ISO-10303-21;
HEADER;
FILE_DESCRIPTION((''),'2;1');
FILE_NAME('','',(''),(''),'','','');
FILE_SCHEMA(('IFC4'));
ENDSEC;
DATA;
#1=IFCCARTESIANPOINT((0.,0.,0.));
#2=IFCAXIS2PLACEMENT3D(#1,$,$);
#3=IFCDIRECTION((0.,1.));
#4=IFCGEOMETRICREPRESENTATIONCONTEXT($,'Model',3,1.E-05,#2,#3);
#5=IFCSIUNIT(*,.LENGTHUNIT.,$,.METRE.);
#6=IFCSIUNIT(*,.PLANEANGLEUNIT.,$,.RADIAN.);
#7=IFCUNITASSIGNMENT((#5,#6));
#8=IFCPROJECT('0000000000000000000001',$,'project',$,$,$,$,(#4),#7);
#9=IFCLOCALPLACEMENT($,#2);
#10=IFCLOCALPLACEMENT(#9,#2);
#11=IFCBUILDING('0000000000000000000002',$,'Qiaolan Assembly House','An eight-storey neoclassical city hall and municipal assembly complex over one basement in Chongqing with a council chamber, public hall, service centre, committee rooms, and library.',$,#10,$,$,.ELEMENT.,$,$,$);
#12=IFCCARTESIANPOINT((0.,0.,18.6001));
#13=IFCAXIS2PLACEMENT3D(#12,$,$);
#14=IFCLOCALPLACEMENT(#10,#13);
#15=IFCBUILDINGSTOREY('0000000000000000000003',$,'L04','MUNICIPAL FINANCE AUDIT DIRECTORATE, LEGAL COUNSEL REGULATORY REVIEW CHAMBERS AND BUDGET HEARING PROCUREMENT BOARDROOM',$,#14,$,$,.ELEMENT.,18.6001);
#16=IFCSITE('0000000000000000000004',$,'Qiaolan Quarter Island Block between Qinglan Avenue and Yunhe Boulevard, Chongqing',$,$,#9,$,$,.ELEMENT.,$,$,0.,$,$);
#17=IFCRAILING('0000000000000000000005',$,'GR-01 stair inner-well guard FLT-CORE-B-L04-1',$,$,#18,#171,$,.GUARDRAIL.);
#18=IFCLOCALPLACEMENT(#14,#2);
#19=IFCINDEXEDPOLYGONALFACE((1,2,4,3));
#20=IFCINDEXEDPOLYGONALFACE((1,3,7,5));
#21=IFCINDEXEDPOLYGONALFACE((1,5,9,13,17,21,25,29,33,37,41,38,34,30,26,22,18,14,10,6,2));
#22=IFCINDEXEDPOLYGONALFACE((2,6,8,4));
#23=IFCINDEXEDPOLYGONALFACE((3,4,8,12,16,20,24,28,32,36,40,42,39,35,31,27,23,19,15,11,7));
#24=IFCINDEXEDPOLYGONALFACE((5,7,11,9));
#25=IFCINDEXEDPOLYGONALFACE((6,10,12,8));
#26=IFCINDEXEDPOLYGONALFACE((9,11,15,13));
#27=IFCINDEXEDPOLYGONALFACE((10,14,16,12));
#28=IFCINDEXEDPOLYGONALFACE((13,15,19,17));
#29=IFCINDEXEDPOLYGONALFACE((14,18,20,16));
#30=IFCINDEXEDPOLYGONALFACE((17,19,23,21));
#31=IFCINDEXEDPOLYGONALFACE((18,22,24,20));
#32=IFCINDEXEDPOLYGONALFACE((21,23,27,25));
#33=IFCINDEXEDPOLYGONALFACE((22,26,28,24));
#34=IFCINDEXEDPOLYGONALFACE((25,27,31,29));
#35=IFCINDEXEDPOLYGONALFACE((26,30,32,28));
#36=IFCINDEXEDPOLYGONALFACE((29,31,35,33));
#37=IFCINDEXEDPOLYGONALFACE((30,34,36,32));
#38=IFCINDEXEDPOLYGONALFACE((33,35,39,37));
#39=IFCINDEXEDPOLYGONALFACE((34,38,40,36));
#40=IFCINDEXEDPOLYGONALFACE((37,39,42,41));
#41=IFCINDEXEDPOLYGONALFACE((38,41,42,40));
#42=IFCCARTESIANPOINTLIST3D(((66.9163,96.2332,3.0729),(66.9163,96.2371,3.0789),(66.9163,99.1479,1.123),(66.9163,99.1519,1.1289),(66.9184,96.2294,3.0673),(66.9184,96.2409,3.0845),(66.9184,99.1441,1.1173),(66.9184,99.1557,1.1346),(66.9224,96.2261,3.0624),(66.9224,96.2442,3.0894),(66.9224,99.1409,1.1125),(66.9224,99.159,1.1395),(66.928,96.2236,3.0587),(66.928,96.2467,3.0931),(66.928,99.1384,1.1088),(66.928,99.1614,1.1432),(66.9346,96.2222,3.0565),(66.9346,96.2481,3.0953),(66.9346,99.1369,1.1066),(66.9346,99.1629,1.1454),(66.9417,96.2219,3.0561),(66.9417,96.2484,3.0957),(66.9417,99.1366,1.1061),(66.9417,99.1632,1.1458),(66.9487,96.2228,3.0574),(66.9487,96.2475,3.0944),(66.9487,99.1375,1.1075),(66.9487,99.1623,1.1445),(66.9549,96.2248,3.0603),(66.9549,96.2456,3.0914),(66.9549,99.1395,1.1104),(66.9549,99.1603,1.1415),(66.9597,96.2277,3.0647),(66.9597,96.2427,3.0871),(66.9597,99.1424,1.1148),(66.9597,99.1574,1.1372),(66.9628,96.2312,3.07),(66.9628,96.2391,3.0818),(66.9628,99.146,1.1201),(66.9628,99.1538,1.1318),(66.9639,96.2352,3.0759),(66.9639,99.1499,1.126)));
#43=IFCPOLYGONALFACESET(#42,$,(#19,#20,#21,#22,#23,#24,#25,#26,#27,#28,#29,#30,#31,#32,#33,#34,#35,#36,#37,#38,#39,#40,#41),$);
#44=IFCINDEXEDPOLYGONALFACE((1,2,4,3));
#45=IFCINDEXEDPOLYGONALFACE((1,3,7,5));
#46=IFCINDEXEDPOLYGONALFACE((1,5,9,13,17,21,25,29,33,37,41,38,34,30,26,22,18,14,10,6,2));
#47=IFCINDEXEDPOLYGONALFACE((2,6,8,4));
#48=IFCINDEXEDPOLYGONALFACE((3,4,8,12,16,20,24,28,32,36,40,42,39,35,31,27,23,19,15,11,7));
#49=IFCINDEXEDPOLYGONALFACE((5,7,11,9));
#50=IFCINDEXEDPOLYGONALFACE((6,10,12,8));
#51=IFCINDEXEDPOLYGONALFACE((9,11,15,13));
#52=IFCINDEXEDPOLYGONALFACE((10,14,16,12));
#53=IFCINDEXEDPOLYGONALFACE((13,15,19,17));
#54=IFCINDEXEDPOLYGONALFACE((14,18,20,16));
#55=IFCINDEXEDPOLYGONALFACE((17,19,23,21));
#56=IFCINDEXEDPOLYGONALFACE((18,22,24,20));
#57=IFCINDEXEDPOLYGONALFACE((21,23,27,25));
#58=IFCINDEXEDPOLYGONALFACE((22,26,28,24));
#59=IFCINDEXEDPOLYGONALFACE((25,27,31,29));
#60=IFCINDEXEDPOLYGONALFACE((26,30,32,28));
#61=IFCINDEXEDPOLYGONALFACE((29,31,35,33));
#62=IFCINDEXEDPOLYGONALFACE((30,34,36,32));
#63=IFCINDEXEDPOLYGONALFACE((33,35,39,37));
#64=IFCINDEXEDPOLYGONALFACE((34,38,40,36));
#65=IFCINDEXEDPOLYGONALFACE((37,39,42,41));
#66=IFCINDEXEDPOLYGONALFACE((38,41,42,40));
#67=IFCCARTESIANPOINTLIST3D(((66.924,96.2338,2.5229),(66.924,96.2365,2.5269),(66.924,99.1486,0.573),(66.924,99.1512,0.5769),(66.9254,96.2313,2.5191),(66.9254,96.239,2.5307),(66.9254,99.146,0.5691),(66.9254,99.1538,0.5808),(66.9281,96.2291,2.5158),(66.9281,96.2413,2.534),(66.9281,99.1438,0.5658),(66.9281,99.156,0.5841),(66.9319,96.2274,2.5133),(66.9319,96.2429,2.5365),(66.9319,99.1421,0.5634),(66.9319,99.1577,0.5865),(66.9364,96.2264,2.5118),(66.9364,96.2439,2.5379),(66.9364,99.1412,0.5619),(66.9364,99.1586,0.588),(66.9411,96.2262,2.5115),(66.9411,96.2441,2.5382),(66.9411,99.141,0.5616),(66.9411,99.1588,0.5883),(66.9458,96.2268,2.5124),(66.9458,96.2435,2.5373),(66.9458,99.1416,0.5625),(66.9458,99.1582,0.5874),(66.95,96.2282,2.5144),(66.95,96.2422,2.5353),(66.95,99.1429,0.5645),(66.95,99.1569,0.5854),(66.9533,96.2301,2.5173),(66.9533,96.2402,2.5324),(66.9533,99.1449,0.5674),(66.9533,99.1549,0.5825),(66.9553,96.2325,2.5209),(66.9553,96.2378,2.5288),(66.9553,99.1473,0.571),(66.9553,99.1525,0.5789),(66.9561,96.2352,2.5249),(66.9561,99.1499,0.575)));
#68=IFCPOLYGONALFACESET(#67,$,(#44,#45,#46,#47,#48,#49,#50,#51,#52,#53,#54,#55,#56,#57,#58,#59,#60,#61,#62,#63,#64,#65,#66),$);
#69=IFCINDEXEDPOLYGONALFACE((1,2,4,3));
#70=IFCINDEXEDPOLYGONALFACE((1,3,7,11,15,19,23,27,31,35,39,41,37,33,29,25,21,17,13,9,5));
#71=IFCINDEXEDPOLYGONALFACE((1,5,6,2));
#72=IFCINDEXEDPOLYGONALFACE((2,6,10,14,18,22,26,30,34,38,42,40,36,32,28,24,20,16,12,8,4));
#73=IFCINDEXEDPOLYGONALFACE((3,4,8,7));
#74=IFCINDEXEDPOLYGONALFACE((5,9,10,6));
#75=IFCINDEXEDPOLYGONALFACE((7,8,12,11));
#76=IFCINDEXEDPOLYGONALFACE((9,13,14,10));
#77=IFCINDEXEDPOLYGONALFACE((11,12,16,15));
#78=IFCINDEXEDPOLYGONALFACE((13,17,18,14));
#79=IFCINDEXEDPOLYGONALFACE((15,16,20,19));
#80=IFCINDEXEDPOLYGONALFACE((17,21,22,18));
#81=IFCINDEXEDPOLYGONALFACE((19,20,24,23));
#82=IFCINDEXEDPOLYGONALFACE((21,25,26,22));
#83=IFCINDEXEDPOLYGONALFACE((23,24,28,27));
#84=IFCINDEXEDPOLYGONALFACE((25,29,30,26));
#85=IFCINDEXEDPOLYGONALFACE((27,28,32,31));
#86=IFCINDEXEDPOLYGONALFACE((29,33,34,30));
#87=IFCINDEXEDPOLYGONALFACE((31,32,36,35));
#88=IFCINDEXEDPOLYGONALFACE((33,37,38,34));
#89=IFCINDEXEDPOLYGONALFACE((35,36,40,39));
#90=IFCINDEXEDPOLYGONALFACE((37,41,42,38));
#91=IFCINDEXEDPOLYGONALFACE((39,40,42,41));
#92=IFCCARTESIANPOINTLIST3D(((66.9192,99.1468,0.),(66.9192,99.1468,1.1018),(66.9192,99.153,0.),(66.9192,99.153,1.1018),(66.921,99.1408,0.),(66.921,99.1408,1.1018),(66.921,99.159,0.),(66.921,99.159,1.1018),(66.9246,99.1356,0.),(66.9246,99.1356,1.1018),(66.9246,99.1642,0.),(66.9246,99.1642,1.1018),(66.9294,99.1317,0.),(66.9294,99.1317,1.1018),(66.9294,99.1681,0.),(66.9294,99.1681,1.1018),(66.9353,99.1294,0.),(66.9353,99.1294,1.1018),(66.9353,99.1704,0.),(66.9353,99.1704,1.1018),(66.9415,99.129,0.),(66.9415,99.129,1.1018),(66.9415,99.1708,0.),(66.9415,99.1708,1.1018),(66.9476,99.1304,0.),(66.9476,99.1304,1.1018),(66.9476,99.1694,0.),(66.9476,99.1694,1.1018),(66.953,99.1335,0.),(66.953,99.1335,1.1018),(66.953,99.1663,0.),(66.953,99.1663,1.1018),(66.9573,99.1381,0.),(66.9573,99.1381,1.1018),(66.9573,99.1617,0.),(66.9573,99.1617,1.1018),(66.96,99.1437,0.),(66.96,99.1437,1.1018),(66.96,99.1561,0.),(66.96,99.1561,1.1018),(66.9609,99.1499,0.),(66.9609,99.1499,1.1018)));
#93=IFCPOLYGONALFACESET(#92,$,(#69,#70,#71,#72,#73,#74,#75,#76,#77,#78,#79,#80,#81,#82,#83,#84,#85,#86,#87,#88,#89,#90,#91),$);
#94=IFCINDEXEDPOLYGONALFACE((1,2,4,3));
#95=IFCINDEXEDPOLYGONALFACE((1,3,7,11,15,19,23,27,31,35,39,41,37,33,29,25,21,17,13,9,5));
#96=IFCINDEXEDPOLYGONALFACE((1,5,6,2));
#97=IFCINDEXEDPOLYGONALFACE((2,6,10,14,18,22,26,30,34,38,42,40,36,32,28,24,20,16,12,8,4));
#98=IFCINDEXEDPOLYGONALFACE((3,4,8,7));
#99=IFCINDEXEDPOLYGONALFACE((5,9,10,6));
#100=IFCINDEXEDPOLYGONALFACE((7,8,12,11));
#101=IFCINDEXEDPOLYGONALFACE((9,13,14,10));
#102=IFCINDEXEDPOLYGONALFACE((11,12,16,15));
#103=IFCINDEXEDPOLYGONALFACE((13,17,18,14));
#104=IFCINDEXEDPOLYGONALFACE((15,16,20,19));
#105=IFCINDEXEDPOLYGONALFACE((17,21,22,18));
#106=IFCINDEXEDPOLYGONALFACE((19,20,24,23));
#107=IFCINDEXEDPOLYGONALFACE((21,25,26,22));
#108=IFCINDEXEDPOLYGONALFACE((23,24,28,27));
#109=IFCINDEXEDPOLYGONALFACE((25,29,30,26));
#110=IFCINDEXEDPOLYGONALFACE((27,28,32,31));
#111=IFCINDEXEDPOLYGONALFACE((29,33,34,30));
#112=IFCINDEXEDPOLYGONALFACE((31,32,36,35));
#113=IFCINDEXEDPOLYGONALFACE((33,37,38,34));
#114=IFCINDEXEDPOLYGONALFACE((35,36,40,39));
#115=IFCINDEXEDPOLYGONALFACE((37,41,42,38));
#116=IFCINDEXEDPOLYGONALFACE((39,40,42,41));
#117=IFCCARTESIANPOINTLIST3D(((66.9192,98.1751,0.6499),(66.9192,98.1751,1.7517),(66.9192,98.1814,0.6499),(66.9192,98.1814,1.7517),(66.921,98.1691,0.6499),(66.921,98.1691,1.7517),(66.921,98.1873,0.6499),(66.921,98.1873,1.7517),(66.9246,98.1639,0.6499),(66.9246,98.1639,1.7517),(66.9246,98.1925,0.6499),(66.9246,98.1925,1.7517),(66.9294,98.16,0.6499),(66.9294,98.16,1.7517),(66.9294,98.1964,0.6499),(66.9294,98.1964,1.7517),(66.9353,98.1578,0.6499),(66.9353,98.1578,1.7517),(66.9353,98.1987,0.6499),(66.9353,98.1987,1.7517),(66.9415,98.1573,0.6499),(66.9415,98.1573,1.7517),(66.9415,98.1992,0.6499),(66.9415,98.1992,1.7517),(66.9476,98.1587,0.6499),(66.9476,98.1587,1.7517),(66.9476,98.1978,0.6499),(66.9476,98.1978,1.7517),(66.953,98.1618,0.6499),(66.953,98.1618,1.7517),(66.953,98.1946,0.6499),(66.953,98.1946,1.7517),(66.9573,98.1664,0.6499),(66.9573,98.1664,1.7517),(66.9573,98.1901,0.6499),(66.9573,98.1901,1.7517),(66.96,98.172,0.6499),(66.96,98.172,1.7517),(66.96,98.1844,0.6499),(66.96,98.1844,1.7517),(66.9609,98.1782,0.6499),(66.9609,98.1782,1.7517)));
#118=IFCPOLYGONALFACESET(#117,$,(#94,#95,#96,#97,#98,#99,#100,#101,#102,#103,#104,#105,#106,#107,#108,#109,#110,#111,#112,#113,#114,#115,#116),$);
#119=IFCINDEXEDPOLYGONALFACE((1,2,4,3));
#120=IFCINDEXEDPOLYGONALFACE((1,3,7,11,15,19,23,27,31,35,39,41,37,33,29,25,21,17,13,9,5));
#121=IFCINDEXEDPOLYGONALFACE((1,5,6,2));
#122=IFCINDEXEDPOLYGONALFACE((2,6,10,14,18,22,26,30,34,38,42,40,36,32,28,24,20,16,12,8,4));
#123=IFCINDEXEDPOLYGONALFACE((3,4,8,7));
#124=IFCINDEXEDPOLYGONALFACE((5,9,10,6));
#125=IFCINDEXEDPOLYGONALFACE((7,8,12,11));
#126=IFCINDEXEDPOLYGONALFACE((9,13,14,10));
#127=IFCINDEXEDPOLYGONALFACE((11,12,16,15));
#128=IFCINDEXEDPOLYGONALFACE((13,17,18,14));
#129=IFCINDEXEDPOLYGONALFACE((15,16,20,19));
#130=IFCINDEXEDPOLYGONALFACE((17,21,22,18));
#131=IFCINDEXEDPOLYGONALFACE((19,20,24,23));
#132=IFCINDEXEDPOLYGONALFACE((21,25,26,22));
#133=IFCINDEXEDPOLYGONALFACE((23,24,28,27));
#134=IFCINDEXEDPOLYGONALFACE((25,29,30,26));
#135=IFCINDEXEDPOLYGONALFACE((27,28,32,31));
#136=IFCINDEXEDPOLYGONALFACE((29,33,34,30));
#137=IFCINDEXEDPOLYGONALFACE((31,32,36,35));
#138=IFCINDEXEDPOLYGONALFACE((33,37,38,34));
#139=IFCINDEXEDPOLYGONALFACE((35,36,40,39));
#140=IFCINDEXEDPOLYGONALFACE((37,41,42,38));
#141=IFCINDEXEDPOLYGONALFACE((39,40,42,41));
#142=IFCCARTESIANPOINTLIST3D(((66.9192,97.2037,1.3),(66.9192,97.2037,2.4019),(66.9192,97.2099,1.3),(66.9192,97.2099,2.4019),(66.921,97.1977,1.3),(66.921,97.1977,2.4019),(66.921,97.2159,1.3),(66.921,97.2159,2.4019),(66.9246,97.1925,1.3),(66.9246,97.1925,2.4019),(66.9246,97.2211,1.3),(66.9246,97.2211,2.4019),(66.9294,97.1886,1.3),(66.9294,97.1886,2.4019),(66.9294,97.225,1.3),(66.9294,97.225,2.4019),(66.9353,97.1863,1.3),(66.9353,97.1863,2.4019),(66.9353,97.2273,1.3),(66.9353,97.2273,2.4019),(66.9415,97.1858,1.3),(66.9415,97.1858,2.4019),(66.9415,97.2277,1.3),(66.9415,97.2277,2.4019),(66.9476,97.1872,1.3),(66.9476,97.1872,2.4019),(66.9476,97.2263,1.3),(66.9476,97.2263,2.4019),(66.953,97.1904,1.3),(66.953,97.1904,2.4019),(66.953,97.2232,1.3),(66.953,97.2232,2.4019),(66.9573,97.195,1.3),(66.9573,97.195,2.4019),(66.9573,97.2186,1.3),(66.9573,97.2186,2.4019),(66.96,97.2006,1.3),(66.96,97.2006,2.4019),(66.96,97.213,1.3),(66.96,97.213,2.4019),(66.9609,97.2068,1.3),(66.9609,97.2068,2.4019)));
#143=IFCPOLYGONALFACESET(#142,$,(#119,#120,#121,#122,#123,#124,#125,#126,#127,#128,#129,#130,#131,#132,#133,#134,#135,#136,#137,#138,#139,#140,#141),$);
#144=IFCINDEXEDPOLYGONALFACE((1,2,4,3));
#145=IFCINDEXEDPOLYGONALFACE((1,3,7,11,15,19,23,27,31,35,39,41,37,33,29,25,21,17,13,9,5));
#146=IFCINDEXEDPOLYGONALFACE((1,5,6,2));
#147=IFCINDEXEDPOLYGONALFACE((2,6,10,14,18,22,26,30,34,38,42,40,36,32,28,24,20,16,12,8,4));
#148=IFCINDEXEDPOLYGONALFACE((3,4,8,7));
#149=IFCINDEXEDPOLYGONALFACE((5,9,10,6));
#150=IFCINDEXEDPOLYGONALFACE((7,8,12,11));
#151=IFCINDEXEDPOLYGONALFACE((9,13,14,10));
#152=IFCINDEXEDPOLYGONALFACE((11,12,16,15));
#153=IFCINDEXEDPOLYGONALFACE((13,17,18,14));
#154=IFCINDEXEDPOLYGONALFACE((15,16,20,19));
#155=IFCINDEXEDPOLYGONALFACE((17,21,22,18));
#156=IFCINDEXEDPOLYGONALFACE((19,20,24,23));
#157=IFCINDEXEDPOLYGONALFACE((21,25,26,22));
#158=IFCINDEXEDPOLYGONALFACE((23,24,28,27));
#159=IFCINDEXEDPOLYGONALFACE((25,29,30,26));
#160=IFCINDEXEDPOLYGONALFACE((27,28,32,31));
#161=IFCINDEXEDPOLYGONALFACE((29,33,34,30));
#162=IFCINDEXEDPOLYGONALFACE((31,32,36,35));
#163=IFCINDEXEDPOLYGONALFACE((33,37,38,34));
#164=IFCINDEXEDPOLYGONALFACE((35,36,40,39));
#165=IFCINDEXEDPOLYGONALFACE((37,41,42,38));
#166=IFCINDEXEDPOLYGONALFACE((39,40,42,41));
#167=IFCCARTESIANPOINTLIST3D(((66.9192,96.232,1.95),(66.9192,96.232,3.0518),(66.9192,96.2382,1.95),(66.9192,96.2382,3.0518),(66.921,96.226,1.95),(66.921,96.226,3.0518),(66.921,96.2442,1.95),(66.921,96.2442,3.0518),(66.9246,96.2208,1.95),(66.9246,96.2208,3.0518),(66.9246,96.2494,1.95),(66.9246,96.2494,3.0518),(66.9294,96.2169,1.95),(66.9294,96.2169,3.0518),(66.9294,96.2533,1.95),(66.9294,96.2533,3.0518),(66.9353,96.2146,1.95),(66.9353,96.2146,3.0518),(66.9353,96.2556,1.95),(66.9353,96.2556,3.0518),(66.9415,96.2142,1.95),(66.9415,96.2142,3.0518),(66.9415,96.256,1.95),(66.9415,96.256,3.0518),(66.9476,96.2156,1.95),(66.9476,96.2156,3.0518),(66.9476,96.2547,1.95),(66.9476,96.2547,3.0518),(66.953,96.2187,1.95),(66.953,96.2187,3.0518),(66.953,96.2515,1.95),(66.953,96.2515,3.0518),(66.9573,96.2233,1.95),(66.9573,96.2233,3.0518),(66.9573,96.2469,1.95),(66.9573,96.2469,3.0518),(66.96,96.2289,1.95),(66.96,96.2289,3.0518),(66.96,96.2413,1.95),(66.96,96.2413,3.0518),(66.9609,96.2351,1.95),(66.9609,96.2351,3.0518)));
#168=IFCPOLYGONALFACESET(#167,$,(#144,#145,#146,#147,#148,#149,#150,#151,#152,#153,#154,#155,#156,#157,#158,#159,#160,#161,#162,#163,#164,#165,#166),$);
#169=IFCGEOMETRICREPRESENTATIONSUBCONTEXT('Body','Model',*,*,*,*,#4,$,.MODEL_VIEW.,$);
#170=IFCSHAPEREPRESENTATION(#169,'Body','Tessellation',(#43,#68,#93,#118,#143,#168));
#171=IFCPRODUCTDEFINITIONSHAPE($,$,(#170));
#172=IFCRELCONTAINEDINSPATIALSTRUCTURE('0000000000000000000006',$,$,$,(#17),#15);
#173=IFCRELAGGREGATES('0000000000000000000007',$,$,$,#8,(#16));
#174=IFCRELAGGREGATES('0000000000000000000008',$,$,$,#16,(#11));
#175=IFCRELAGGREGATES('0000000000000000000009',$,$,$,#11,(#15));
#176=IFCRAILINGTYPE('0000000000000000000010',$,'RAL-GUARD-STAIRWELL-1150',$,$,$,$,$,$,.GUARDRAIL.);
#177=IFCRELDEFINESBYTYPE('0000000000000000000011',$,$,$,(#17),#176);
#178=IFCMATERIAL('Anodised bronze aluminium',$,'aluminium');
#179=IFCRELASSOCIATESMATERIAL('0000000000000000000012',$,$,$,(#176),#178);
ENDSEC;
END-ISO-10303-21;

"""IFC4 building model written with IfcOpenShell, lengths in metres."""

from ifc_helpers import new_model, si_unit, direction, frame, origin, origin_2d, place, context, subcontext, project, spatial, circle, extrude, material, type_object, element, save


model = new_model("IFC4")

# Units and contexts
model_context = context("Model", 3, precision=1e-05, world=origin(), true_north=direction((0.0, 1.0)))
body_context = subcontext(model_context, "Body", "Model", "MODEL_VIEW")
ifc_project = project(units=[si_unit("LENGTHUNIT", "METRE"), si_unit("PLANEANGLEUNIT", "RADIAN")], contexts=[model_context])

# Site, building, storey
site_placement = place(None, origin())
site = spatial("IfcSite", under=ifc_project, at=site_placement, Name="Qiaolan Quarter Island Block between Qinglan Avenue and Yunhe Boulevard, Chongqing", CompositionType="ELEMENT", RefElevation=0.0)
building_placement = place(site_placement, origin())
building = spatial("IfcBuilding", under=site, at=building_placement, Name="Qiaolan Assembly House", Description="An eight-storey neoclassical city hall and municipal assembly complex over one basement in Chongqing with a council chamber, public hall, service centre, committee rooms, and library.", CompositionType="ELEMENT")
storey_placement = place(building_placement, frame((0.0, 0.0, 18.6001)))
storey = spatial("IfcBuildingStorey", under=building, at=storey_placement, Name="L04", Description="MUNICIPAL FINANCE AUDIT DIRECTORATE, LEGAL COUNSEL REGULATORY REVIEW CHAMBERS AND BUDGET HEARING PROCUREMENT BOARDROOM", CompositionType="ELEMENT", Elevation=18.6001)

# Railing
ifc_material_1 = material(Name="Anodised bronze aluminium", Category="aluminium")
railing_type_1 = type_object("IfcRailingType", Name="RAL-GUARD-STAIRWELL-1150", PredefinedType="GUARDRAIL", material=ifc_material_1)
railing_1_placement = place(storey_placement, frame((66.9399, 99.1499, 0.0)))
element("IfcRailing", 1, at=railing_1_placement, inside=storey, type_object=railing_type_1, Name="GR-01 stair inner-well guard FLT-CORE-B-L04-1", PredefinedType="GUARDRAIL", context=body_context, shape_type="SweptSolid", body=[
    extrude(circle(Radius=0.0239, at=origin_2d()), frame((0.0, 0.0, 1.126), z_axis=(0.0, -0.83116, 0.556033), x_axis=(1.0, 0.0, 0.0)), (0.0, 0.0, 1.0), 3.5068),
    extrude(circle(Radius=0.0161, at=origin_2d()), frame((0.0, 0.0, 0.575), z_axis=(0.0, -0.83116, 0.556033), x_axis=(1.0, 0.0, 0.0)), (0.0, 0.0, 1.0), 3.5068),
    extrude(circle(Radius=0.021, at=origin_2d()), origin(), (0.0, 0.0, 1.0), 1.1018),
    extrude(circle(Radius=0.021, at=origin_2d()), frame((0.0, -0.9717, 0.6499)), (0.0, 0.0, 1.0), 1.1018),
    extrude(circle(Radius=0.021, at=origin_2d()), frame((0.0, -1.9431, 1.3)), (0.0, 0.0, 1.0), 1.1018),
    extrude(circle(Radius=0.021, at=origin_2d()), frame((0.0, -2.9148, 1.95)), (0.0, 0.0, 1.0), 1.1018),
])

save(model, "model.ifc")
